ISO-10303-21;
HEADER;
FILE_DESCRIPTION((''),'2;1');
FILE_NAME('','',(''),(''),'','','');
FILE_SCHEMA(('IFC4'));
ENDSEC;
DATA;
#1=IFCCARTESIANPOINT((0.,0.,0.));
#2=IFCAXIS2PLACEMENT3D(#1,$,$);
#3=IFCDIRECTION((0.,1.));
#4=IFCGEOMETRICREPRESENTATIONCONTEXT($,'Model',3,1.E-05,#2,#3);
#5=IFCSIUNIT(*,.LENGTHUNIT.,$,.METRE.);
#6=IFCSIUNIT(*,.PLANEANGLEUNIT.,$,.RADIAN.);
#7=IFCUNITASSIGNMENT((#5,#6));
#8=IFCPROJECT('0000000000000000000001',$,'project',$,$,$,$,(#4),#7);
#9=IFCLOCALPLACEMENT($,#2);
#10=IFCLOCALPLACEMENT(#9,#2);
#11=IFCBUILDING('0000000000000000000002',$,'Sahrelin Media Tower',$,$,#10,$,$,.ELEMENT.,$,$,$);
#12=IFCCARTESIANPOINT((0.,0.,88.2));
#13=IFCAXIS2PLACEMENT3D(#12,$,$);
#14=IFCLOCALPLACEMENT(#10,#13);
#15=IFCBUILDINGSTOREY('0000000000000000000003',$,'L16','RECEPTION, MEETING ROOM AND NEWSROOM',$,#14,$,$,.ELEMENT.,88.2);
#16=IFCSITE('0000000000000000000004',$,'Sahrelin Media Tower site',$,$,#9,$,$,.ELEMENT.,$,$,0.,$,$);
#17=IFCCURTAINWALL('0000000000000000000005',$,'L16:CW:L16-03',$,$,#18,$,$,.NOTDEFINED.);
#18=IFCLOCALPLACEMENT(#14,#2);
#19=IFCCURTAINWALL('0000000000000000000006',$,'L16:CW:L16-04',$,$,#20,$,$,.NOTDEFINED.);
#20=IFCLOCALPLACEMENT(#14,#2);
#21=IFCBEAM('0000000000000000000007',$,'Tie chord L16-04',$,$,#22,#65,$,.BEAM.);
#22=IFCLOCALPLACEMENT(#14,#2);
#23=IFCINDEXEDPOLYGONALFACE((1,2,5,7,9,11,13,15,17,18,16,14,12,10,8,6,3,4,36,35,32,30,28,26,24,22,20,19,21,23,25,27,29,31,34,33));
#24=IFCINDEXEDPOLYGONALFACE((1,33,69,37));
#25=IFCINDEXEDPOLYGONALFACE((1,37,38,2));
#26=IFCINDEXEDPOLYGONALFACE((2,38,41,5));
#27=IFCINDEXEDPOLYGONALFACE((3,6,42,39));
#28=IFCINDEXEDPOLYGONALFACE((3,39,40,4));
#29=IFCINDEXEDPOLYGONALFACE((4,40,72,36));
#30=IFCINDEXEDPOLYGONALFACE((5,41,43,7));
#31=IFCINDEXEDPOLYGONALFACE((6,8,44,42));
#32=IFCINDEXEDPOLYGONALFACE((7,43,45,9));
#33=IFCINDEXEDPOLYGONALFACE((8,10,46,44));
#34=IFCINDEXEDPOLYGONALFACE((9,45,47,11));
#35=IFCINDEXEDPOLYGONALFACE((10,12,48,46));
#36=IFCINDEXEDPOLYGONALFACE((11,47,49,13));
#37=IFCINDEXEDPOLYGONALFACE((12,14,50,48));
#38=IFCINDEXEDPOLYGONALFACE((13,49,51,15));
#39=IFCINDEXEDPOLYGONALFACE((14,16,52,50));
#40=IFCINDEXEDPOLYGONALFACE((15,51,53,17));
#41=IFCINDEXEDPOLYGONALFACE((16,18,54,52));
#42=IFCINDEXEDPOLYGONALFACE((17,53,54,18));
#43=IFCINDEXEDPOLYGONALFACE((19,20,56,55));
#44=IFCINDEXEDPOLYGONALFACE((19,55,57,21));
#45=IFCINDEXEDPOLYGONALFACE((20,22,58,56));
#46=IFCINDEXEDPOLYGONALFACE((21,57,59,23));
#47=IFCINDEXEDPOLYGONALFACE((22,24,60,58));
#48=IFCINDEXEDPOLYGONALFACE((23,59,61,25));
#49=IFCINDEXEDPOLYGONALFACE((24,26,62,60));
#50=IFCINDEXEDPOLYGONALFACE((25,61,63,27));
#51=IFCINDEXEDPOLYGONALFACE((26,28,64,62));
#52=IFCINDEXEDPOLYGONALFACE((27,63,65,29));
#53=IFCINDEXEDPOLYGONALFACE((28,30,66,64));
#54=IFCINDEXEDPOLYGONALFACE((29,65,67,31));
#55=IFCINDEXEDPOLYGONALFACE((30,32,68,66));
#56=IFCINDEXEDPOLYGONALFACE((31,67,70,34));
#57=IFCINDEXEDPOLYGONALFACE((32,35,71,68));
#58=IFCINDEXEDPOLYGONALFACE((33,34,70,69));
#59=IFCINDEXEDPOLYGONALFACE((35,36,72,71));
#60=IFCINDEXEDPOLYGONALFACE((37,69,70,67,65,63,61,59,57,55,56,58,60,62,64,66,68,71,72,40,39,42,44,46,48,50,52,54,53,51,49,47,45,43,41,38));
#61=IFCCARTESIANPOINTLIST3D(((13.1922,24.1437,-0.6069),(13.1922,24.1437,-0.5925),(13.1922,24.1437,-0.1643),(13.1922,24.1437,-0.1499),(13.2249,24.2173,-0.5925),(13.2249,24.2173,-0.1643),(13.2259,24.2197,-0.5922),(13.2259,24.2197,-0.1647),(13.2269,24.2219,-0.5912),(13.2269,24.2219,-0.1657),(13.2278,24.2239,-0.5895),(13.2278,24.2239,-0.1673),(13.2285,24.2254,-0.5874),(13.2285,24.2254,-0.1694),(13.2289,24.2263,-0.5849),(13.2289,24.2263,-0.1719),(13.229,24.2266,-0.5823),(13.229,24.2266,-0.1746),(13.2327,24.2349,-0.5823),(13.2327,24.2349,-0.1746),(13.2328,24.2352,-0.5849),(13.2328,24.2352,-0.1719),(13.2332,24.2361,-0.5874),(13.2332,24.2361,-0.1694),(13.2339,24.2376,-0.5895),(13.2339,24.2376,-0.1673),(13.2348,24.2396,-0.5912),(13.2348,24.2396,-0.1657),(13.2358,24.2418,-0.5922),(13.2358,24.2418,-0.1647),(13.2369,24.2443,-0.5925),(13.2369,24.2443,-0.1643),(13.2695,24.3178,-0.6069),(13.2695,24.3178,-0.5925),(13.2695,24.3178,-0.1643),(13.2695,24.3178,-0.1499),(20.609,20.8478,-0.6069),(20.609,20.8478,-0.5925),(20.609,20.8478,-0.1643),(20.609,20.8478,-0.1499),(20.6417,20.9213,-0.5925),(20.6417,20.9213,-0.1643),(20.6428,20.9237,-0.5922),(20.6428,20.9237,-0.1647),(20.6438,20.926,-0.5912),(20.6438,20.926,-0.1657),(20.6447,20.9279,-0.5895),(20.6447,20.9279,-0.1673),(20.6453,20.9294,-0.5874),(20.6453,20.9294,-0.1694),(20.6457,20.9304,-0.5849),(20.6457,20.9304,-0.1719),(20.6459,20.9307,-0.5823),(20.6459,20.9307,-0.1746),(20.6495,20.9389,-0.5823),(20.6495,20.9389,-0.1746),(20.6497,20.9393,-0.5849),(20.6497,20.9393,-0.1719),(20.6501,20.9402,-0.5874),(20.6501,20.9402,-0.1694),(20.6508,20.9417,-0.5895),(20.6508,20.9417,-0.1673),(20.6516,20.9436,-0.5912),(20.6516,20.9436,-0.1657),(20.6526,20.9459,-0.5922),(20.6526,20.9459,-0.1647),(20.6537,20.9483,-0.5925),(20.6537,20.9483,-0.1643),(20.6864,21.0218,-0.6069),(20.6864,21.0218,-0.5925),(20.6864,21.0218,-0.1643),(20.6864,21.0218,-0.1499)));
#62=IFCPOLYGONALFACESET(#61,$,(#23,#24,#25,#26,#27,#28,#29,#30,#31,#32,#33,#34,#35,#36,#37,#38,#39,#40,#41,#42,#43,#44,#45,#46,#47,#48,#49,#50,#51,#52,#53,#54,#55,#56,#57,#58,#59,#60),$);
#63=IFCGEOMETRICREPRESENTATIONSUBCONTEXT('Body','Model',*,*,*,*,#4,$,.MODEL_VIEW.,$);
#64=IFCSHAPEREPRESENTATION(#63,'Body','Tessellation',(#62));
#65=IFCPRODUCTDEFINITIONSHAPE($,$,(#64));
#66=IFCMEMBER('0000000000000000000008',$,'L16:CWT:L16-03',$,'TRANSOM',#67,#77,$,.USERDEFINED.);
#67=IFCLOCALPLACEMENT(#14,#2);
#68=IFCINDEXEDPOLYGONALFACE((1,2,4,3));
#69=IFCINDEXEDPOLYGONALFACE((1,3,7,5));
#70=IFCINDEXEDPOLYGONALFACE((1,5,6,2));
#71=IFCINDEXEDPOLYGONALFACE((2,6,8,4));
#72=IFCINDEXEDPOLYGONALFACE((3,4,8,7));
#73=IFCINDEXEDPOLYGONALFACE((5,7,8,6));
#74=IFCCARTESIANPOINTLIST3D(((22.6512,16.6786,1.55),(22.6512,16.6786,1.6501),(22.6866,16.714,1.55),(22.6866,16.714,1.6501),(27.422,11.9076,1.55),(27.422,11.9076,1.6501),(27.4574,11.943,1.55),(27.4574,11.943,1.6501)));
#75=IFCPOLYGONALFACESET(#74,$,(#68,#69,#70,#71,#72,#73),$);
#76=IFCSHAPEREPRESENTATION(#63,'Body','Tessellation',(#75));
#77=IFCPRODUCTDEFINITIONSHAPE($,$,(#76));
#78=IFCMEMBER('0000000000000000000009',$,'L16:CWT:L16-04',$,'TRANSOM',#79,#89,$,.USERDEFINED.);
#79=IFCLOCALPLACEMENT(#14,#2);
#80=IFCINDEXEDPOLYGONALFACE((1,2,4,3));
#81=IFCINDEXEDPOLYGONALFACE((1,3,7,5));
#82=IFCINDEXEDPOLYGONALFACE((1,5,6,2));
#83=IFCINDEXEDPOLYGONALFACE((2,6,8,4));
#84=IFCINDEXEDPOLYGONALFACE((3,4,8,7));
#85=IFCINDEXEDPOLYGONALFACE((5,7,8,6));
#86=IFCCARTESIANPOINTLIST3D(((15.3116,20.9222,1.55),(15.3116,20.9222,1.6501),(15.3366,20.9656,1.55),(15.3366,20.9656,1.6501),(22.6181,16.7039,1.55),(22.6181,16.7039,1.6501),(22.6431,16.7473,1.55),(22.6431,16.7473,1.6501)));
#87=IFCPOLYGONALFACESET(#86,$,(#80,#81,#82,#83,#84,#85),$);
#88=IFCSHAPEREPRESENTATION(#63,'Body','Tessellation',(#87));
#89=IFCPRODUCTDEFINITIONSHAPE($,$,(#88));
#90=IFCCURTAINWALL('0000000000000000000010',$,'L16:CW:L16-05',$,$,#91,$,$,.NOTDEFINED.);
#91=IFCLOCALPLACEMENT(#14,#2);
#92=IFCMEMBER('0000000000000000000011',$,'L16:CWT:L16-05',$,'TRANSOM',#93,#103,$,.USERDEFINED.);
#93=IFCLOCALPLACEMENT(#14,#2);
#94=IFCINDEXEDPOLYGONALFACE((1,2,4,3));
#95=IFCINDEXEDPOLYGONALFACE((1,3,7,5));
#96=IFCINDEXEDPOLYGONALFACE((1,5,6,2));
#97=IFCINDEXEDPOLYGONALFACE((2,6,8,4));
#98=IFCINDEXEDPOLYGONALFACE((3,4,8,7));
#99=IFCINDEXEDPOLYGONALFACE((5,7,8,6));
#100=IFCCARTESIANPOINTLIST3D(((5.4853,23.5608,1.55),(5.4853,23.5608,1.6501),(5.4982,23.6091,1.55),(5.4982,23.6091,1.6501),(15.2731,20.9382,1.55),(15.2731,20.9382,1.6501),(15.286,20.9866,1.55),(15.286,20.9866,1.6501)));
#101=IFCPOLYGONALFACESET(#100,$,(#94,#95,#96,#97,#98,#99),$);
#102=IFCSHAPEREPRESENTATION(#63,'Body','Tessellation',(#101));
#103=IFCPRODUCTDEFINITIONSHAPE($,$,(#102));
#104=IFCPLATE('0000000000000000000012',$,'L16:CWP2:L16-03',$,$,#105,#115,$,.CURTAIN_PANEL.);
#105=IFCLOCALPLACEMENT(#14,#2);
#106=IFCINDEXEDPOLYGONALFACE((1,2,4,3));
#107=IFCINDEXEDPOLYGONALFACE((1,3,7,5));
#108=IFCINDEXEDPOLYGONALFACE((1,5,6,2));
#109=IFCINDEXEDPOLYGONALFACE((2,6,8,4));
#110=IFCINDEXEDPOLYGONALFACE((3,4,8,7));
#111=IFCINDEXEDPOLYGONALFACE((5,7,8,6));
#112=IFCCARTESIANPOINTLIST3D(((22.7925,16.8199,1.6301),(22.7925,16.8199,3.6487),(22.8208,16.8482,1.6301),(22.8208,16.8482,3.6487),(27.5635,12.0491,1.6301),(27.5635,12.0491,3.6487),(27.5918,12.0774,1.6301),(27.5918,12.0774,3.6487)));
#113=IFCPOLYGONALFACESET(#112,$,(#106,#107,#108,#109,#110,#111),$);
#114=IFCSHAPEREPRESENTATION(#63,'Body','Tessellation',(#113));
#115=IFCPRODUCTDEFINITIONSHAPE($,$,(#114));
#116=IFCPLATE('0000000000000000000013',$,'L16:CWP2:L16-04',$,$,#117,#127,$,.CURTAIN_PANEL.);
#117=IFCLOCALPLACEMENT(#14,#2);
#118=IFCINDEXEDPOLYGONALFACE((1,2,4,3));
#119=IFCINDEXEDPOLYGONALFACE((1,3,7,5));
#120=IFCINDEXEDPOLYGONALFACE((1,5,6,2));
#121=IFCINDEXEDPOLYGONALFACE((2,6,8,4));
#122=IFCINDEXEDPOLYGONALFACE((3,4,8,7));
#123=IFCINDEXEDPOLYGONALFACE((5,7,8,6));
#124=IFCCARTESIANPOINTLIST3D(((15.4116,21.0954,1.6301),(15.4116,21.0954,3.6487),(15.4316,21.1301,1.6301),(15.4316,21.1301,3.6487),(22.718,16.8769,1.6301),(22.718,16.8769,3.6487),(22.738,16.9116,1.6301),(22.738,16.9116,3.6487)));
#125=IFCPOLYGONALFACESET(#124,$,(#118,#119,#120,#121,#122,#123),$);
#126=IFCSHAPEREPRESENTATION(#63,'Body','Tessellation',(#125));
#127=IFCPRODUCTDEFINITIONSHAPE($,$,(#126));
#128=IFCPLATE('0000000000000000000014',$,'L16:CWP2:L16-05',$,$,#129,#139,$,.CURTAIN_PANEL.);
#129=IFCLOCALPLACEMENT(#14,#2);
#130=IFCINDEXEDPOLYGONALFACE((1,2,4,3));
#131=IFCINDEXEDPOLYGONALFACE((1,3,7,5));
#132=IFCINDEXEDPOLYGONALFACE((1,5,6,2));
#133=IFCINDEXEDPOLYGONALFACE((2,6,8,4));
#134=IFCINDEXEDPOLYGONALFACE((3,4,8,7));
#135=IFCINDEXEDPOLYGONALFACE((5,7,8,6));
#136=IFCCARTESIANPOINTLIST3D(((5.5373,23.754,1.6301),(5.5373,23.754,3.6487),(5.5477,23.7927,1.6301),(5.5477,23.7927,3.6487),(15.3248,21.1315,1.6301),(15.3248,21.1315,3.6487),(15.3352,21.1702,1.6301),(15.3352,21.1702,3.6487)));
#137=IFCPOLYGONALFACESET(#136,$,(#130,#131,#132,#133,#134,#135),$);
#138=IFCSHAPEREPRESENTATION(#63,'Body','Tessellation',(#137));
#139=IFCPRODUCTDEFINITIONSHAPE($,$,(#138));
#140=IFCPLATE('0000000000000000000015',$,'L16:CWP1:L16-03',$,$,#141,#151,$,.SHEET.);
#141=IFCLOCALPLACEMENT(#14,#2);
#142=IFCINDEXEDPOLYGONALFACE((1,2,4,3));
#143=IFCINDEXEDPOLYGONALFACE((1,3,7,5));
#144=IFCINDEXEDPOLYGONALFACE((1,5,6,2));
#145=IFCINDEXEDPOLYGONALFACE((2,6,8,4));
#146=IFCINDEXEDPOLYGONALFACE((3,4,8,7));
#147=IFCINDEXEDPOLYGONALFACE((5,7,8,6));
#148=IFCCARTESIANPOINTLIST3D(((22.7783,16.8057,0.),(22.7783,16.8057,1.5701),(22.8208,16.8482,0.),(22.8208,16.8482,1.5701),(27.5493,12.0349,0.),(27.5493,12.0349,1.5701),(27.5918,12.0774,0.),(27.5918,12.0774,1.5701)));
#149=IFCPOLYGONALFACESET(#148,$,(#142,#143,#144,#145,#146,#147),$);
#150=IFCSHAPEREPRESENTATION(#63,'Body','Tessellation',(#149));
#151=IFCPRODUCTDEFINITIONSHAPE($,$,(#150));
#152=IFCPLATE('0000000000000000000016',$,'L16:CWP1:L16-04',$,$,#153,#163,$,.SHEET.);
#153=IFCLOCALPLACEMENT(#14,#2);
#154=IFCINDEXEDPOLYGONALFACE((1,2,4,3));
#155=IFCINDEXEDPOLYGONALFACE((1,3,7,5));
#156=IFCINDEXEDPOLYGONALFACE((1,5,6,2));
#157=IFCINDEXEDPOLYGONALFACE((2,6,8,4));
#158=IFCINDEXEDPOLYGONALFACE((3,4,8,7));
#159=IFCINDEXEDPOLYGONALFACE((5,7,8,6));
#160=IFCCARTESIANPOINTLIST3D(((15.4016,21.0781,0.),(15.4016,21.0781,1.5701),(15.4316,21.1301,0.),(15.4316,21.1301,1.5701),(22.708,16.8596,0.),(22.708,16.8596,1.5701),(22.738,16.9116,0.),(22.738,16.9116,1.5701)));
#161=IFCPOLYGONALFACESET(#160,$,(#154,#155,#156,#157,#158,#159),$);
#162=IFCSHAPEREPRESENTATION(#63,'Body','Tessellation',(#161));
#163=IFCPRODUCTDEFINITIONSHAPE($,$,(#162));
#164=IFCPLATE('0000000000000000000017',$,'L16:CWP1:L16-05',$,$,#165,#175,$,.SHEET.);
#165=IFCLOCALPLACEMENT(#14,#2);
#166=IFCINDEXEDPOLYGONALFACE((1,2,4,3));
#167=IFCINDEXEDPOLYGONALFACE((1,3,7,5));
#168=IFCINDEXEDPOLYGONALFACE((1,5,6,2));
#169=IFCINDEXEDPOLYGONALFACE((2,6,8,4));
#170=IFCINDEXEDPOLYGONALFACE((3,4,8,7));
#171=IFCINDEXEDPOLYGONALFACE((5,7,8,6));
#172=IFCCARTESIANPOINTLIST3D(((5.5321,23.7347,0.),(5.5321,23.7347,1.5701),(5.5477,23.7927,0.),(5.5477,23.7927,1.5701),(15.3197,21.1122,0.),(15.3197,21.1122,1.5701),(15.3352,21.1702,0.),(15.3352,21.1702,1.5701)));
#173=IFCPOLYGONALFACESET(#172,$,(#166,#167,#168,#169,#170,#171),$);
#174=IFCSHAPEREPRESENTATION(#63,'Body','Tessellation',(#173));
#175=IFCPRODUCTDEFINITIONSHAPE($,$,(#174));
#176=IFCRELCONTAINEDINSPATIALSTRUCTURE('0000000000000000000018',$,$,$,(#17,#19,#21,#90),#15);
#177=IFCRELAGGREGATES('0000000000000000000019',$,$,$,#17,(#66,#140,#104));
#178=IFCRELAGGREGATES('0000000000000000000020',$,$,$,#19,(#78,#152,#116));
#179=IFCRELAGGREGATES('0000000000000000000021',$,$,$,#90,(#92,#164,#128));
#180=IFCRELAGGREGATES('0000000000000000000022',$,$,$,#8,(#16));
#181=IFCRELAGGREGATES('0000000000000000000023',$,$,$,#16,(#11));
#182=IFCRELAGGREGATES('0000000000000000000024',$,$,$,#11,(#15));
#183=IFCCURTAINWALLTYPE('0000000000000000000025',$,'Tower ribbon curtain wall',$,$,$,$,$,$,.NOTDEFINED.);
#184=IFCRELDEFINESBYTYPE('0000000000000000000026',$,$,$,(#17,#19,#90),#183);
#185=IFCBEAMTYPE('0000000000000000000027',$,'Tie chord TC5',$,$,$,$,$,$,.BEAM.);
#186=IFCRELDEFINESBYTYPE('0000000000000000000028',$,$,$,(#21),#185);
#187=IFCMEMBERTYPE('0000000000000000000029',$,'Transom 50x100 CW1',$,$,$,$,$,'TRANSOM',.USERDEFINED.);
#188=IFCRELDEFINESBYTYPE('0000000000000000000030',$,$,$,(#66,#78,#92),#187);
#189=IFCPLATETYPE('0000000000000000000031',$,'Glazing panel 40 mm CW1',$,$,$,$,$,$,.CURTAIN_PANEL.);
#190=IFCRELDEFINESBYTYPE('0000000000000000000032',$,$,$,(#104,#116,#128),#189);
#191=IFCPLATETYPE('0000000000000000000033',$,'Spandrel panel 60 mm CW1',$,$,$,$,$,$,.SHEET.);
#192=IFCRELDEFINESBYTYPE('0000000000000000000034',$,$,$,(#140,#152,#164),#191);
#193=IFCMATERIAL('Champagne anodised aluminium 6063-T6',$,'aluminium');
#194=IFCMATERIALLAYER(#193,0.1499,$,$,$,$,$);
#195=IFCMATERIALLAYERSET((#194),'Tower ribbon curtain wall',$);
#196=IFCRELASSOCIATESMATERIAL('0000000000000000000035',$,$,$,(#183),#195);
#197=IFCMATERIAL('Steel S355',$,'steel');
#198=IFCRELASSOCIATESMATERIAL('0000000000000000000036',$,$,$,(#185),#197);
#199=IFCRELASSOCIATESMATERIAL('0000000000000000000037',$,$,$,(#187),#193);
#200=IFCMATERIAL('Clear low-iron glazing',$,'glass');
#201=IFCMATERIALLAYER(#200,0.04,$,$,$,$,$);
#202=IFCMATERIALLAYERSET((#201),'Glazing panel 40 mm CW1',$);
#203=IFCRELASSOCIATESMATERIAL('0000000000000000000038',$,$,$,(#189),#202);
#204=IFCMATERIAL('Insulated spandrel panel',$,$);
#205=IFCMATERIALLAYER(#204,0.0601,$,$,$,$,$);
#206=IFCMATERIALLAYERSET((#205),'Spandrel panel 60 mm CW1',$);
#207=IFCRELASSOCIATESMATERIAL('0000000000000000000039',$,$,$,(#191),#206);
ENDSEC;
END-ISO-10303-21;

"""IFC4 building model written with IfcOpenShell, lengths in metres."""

from ifc_helpers import new_model, si_unit, direction, frame, origin, origin_2d, place, context, subcontext, project, spatial, polyline, rectangle, i_section, outline, extrude, material, layer, layer_set, material_profile, profile_set, type_object, element, aggregate, save


model = new_model("IFC4")

# Units and contexts
model_context = context("Model", 3, precision=1e-05, world=origin(), true_north=direction((0.0, 1.0)))
body_context = subcontext(model_context, "Body", "Model", "MODEL_VIEW")
ifc_project = project(units=[si_unit("LENGTHUNIT", "METRE"), si_unit("PLANEANGLEUNIT", "RADIAN")], contexts=[model_context])

# Site, building, storey
site_placement = place(None, origin())
site = spatial("IfcSite", under=ifc_project, at=site_placement, Name="Sahrelin Media Tower site", CompositionType="ELEMENT", RefElevation=0.0)
building_placement = place(site_placement, origin())
building = spatial("IfcBuilding", under=site, at=building_placement, Name="Sahrelin Media Tower", CompositionType="ELEMENT")
storey_placement = place(building_placement, frame((0.0, 0.0, 88.2)))
storey = spatial("IfcBuildingStorey", under=building, at=storey_placement, Name="L16", Description="RECEPTION, MEETING ROOM AND NEWSROOM", CompositionType="ELEMENT", Elevation=88.2)

# Shared definitions
ifc_material_1 = material(Name="Steel S355", Category="steel")

# Curtain walls
ifc_material_2 = material(Name="Champagne anodised aluminium 6063-T6", Category="aluminium")
ifc_layer_1 = layer(ifc_material_2, 0.1499)
ifc_layer_set_1 = layer_set([ifc_layer_1], Name="Tower ribbon curtain wall")
curtain_wall_type = type_object("IfcCurtainWallType", Name="Tower ribbon curtain wall", PredefinedType="NOTDEFINED", material=ifc_layer_set_1)
curtain_wall_1_placement = place(storey_placement, frame((25.1921, 14.4485, 0.0), z_axis=(0.0, 0.0, 1.0), x_axis=(1.0, 0.0, 0.0)))
curtain_wall_1 = element("IfcCurtainWall", 1, at=curtain_wall_1_placement, inside=storey, type_object=curtain_wall_type, Name="L16:CW:L16-03", PredefinedType="NOTDEFINED")
curtain_wall_2_placement = place(storey_placement, frame((19.075, 19.0037, 0.0), z_axis=(0.0, 0.0, 1.0), x_axis=(1.0, 0.0, 0.0)))
curtain_wall_2 = element("IfcCurtainWall", 2, at=curtain_wall_2_placement, inside=storey, type_object=curtain_wall_type, Name="L16:CW:L16-04", PredefinedType="NOTDEFINED")

# Beam
ifc_material_profile_1 = material_profile(ifc_material_1, i_section(OverallWidth=0.1904, OverallDepth=0.457, WebThickness=0.009, FlangeThickness=0.0144, FilletRadius=0.0103, at=origin_2d()), Name="UB 457x191x74")
ifc_profile_set_1 = profile_set([ifc_material_profile_1], Name="Steel S355")
beam_type_1 = type_object("IfcBeamType", Name="Tie chord TC5", PredefinedType="BEAM", material=ifc_profile_set_1)
beam_1_placement = place(storey_placement, frame((20.6477, 20.9348, -0.3784), z_axis=(-0.913831, 0.406094, 0.0), x_axis=(-0.406094, -0.913831, 0.0)))
element("IfcBeam", 3, at=beam_1_placement, inside=storey, type_object=beam_type_1, Name="Tie chord L16-04", PredefinedType="BEAM", context=body_context, shape_type="SweptSolid", body=[
    extrude(i_section(OverallWidth=0.1904, OverallDepth=0.457, WebThickness=0.009, FlangeThickness=0.0144, FilletRadius=0.0103, at=origin_2d()), origin(), (0.0, 0.0, 1.0), 8.1162),
])

# Members
ifc_material_profile_2 = material_profile(ifc_material_2, rectangle(XDim=0.05, YDim=0.1001, at=origin_2d()), Name="Transom 50x100")
ifc_profile_set_2 = profile_set([ifc_material_profile_2], Name="Champagne anodised aluminium 6063-T6")
member_type_1 = type_object("IfcMemberType", Name="Transom 50x100 CW1", ElementType="TRANSOM", PredefinedType="USERDEFINED", material=ifc_profile_set_2)
member_1_placement = place(storey_placement, frame((27.4397, 11.9253, 1.6001), z_axis=(-0.707089, 0.707125, 0.0), x_axis=(-0.707125, -0.707089, 0.0)))
member_1 = element("IfcMember", 4, at=member_1_placement, type_object=member_type_1, Name="L16:CWT:L16-03", ObjectType="TRANSOM", PredefinedType="USERDEFINED", context=body_context, shape_type="SweptSolid", body=[
    extrude(rectangle(XDim=0.05, YDim=0.1001, at=origin_2d()), origin(), (0.0, 0.0, 1.0), 6.7471),
])
member_2_placement = place(storey_placement, frame((22.6306, 16.7256, 1.6001), z_axis=(-0.86603, 0.499992, 0.0), x_axis=(-0.499992, -0.86603, 0.0)))
member_2 = element("IfcMember", 5, at=member_2_placement, type_object=member_type_1, Name="L16:CWT:L16-04", ObjectType="TRANSOM", PredefinedType="USERDEFINED", context=body_context, shape_type="SweptSolid", body=[
    extrude(rectangle(XDim=0.05, YDim=0.1001, at=origin_2d()), origin(), (0.0, 0.0, 1.0), 8.4368),
])

# Curtain wall, member
curtain_wall_3_placement = place(storey_placement, frame((10.4363, 22.4619, 0.0), z_axis=(0.0, 0.0, 1.0), x_axis=(1.0, 0.0, 0.0)))
curtain_wall_3 = element("IfcCurtainWall", 6, at=curtain_wall_3_placement, inside=storey, type_object=curtain_wall_type, Name="L16:CW:L16-05", PredefinedType="NOTDEFINED")
member_3_placement = place(storey_placement, frame((15.2795, 20.9624, 1.6001), z_axis=(-0.965928, 0.258811, 0.0), x_axis=(-0.258811, -0.965928, 0.0)))
member_3 = element("IfcMember", 7, at=member_3_placement, type_object=member_type_1, Name="L16:CWT:L16-05", ObjectType="TRANSOM", PredefinedType="USERDEFINED", context=body_context, shape_type="SweptSolid", body=[
    extrude(rectangle(XDim=0.05, YDim=0.1001, at=origin_2d()), origin(), (0.0, 0.0, 1.0), 10.1331),
])

# Plates
ifc_material_3 = material(Name="Clear low-iron glazing", Category="glass")
ifc_layer_2 = layer(ifc_material_3, 0.04)
ifc_layer_set_2 = layer_set([ifc_layer_2], Name="Glazing panel 40 mm CW1")
plate_type_1 = type_object("IfcPlateType", Name="Glazing panel 40 mm CW1", PredefinedType="CURTAIN_PANEL", material=ifc_layer_set_2)
plate_1_placement = place(storey_placement, frame((27.5918, 12.0774, 1.6301), z_axis=(0.707089, 0.707125, 0.0), x_axis=(-0.707125, 0.707089, 0.0)))
plate_1 = element("IfcPlate", 8, at=plate_1_placement, type_object=plate_type_1, Name="L16:CWP2:L16-03", PredefinedType="CURTAIN_PANEL", context=body_context, shape_type="SweptSolid", body=[
    extrude(outline(polyline([(0.0, 0.0), (6.7471, 0.0), (6.7471, 2.0186), (0.0, 2.0186), (0.0, 0.0)])), origin(), (0.0, 0.0, -1.0), 0.04),
])
plate_2_placement = place(storey_placement, frame((22.738, 16.9116, 1.6301), z_axis=(0.500014, 0.866017, 0.0), x_axis=(-0.866017, 0.500014, 0.0)))
plate_2 = element("IfcPlate", 9, at=plate_2_placement, type_object=plate_type_1, Name="L16:CWP2:L16-04", PredefinedType="CURTAIN_PANEL", context=body_context, shape_type="SweptSolid", body=[
    extrude(outline(polyline([(0.0, 0.0), (8.4368, 0.0), (8.4368, 2.0186), (0.0, 2.0186), (0.0, 0.0)])), origin(), (0.0, 0.0, -1.0), 0.04),
])
plate_3_placement = place(storey_placement, frame((15.3352, 21.1702, 1.6301), z_axis=(0.258817, 0.965926, 0.0), x_axis=(-0.965926, 0.258817, 0.0)))
plate_3 = element("IfcPlate", 10, at=plate_3_placement, type_object=plate_type_1, Name="L16:CWP2:L16-05", PredefinedType="CURTAIN_PANEL", context=body_context, shape_type="SweptSolid", body=[
    extrude(outline(polyline([(0.0, 0.0), (10.1328, 0.0), (10.1328, 2.0186), (0.0, 2.0186), (0.0, 0.0)])), origin(), (0.0, 0.0, -1.0), 0.04),
])
ifc_material_4 = material(Name="Insulated spandrel panel")
ifc_layer_3 = layer(ifc_material_4, 0.0601)
ifc_layer_set_3 = layer_set([ifc_layer_3], Name="Spandrel panel 60 mm CW1")
plate_type_2 = type_object("IfcPlateType", Name="Spandrel panel 60 mm CW1", PredefinedType="SHEET", material=ifc_layer_set_3)
plate_4_placement = place(storey_placement, frame((27.5918, 12.0774, 0.0), z_axis=(0.707089, 0.707125, 0.0), x_axis=(-0.707125, 0.707089, 0.0)))
plate_4 = element("IfcPlate", 11, at=plate_4_placement, type_object=plate_type_2, Name="L16:CWP1:L16-03", PredefinedType="SHEET", context=body_context, shape_type="SweptSolid", body=[
    extrude(outline(polyline([(0.0, 0.0), (6.7471, 0.0), (6.7471, 1.5701), (0.0, 1.5701), (0.0, 0.0)])), origin(), (0.0, 0.0, -1.0), 0.0601),
])
aggregate(curtain_wall_1, [member_1, plate_4, plate_1])
plate_5_placement = place(storey_placement, frame((22.738, 16.9116, 0.0), z_axis=(0.500014, 0.866017, 0.0), x_axis=(-0.866017, 0.500014, 0.0)))
plate_5 = element("IfcPlate", 12, at=plate_5_placement, type_object=plate_type_2, Name="L16:CWP1:L16-04", PredefinedType="SHEET", context=body_context, shape_type="SweptSolid", body=[
    extrude(outline(polyline([(0.0, 0.0), (8.4368, 0.0), (8.4368, 1.5701), (0.0, 1.5701), (0.0, 0.0)])), origin(), (0.0, 0.0, -1.0), 0.0601),
])
aggregate(curtain_wall_2, [member_2, plate_5, plate_2])
plate_6_placement = place(storey_placement, frame((15.3352, 21.1702, 0.0), z_axis=(0.258817, 0.965926, 0.0), x_axis=(-0.965926, 0.258817, 0.0)))
plate_6 = element("IfcPlate", 13, at=plate_6_placement, type_object=plate_type_2, Name="L16:CWP1:L16-05", PredefinedType="SHEET", context=body_context, shape_type="SweptSolid", body=[
    extrude(outline(polyline([(0.0, 0.0), (10.1328, 0.0), (10.1328, 1.5701), (0.0, 1.5701), (0.0, 0.0)])), origin(), (0.0, 0.0, -1.0), 0.0601),
])
aggregate(curtain_wall_3, [member_3, plate_6, plate_3])

save(model, "model.ifc")
